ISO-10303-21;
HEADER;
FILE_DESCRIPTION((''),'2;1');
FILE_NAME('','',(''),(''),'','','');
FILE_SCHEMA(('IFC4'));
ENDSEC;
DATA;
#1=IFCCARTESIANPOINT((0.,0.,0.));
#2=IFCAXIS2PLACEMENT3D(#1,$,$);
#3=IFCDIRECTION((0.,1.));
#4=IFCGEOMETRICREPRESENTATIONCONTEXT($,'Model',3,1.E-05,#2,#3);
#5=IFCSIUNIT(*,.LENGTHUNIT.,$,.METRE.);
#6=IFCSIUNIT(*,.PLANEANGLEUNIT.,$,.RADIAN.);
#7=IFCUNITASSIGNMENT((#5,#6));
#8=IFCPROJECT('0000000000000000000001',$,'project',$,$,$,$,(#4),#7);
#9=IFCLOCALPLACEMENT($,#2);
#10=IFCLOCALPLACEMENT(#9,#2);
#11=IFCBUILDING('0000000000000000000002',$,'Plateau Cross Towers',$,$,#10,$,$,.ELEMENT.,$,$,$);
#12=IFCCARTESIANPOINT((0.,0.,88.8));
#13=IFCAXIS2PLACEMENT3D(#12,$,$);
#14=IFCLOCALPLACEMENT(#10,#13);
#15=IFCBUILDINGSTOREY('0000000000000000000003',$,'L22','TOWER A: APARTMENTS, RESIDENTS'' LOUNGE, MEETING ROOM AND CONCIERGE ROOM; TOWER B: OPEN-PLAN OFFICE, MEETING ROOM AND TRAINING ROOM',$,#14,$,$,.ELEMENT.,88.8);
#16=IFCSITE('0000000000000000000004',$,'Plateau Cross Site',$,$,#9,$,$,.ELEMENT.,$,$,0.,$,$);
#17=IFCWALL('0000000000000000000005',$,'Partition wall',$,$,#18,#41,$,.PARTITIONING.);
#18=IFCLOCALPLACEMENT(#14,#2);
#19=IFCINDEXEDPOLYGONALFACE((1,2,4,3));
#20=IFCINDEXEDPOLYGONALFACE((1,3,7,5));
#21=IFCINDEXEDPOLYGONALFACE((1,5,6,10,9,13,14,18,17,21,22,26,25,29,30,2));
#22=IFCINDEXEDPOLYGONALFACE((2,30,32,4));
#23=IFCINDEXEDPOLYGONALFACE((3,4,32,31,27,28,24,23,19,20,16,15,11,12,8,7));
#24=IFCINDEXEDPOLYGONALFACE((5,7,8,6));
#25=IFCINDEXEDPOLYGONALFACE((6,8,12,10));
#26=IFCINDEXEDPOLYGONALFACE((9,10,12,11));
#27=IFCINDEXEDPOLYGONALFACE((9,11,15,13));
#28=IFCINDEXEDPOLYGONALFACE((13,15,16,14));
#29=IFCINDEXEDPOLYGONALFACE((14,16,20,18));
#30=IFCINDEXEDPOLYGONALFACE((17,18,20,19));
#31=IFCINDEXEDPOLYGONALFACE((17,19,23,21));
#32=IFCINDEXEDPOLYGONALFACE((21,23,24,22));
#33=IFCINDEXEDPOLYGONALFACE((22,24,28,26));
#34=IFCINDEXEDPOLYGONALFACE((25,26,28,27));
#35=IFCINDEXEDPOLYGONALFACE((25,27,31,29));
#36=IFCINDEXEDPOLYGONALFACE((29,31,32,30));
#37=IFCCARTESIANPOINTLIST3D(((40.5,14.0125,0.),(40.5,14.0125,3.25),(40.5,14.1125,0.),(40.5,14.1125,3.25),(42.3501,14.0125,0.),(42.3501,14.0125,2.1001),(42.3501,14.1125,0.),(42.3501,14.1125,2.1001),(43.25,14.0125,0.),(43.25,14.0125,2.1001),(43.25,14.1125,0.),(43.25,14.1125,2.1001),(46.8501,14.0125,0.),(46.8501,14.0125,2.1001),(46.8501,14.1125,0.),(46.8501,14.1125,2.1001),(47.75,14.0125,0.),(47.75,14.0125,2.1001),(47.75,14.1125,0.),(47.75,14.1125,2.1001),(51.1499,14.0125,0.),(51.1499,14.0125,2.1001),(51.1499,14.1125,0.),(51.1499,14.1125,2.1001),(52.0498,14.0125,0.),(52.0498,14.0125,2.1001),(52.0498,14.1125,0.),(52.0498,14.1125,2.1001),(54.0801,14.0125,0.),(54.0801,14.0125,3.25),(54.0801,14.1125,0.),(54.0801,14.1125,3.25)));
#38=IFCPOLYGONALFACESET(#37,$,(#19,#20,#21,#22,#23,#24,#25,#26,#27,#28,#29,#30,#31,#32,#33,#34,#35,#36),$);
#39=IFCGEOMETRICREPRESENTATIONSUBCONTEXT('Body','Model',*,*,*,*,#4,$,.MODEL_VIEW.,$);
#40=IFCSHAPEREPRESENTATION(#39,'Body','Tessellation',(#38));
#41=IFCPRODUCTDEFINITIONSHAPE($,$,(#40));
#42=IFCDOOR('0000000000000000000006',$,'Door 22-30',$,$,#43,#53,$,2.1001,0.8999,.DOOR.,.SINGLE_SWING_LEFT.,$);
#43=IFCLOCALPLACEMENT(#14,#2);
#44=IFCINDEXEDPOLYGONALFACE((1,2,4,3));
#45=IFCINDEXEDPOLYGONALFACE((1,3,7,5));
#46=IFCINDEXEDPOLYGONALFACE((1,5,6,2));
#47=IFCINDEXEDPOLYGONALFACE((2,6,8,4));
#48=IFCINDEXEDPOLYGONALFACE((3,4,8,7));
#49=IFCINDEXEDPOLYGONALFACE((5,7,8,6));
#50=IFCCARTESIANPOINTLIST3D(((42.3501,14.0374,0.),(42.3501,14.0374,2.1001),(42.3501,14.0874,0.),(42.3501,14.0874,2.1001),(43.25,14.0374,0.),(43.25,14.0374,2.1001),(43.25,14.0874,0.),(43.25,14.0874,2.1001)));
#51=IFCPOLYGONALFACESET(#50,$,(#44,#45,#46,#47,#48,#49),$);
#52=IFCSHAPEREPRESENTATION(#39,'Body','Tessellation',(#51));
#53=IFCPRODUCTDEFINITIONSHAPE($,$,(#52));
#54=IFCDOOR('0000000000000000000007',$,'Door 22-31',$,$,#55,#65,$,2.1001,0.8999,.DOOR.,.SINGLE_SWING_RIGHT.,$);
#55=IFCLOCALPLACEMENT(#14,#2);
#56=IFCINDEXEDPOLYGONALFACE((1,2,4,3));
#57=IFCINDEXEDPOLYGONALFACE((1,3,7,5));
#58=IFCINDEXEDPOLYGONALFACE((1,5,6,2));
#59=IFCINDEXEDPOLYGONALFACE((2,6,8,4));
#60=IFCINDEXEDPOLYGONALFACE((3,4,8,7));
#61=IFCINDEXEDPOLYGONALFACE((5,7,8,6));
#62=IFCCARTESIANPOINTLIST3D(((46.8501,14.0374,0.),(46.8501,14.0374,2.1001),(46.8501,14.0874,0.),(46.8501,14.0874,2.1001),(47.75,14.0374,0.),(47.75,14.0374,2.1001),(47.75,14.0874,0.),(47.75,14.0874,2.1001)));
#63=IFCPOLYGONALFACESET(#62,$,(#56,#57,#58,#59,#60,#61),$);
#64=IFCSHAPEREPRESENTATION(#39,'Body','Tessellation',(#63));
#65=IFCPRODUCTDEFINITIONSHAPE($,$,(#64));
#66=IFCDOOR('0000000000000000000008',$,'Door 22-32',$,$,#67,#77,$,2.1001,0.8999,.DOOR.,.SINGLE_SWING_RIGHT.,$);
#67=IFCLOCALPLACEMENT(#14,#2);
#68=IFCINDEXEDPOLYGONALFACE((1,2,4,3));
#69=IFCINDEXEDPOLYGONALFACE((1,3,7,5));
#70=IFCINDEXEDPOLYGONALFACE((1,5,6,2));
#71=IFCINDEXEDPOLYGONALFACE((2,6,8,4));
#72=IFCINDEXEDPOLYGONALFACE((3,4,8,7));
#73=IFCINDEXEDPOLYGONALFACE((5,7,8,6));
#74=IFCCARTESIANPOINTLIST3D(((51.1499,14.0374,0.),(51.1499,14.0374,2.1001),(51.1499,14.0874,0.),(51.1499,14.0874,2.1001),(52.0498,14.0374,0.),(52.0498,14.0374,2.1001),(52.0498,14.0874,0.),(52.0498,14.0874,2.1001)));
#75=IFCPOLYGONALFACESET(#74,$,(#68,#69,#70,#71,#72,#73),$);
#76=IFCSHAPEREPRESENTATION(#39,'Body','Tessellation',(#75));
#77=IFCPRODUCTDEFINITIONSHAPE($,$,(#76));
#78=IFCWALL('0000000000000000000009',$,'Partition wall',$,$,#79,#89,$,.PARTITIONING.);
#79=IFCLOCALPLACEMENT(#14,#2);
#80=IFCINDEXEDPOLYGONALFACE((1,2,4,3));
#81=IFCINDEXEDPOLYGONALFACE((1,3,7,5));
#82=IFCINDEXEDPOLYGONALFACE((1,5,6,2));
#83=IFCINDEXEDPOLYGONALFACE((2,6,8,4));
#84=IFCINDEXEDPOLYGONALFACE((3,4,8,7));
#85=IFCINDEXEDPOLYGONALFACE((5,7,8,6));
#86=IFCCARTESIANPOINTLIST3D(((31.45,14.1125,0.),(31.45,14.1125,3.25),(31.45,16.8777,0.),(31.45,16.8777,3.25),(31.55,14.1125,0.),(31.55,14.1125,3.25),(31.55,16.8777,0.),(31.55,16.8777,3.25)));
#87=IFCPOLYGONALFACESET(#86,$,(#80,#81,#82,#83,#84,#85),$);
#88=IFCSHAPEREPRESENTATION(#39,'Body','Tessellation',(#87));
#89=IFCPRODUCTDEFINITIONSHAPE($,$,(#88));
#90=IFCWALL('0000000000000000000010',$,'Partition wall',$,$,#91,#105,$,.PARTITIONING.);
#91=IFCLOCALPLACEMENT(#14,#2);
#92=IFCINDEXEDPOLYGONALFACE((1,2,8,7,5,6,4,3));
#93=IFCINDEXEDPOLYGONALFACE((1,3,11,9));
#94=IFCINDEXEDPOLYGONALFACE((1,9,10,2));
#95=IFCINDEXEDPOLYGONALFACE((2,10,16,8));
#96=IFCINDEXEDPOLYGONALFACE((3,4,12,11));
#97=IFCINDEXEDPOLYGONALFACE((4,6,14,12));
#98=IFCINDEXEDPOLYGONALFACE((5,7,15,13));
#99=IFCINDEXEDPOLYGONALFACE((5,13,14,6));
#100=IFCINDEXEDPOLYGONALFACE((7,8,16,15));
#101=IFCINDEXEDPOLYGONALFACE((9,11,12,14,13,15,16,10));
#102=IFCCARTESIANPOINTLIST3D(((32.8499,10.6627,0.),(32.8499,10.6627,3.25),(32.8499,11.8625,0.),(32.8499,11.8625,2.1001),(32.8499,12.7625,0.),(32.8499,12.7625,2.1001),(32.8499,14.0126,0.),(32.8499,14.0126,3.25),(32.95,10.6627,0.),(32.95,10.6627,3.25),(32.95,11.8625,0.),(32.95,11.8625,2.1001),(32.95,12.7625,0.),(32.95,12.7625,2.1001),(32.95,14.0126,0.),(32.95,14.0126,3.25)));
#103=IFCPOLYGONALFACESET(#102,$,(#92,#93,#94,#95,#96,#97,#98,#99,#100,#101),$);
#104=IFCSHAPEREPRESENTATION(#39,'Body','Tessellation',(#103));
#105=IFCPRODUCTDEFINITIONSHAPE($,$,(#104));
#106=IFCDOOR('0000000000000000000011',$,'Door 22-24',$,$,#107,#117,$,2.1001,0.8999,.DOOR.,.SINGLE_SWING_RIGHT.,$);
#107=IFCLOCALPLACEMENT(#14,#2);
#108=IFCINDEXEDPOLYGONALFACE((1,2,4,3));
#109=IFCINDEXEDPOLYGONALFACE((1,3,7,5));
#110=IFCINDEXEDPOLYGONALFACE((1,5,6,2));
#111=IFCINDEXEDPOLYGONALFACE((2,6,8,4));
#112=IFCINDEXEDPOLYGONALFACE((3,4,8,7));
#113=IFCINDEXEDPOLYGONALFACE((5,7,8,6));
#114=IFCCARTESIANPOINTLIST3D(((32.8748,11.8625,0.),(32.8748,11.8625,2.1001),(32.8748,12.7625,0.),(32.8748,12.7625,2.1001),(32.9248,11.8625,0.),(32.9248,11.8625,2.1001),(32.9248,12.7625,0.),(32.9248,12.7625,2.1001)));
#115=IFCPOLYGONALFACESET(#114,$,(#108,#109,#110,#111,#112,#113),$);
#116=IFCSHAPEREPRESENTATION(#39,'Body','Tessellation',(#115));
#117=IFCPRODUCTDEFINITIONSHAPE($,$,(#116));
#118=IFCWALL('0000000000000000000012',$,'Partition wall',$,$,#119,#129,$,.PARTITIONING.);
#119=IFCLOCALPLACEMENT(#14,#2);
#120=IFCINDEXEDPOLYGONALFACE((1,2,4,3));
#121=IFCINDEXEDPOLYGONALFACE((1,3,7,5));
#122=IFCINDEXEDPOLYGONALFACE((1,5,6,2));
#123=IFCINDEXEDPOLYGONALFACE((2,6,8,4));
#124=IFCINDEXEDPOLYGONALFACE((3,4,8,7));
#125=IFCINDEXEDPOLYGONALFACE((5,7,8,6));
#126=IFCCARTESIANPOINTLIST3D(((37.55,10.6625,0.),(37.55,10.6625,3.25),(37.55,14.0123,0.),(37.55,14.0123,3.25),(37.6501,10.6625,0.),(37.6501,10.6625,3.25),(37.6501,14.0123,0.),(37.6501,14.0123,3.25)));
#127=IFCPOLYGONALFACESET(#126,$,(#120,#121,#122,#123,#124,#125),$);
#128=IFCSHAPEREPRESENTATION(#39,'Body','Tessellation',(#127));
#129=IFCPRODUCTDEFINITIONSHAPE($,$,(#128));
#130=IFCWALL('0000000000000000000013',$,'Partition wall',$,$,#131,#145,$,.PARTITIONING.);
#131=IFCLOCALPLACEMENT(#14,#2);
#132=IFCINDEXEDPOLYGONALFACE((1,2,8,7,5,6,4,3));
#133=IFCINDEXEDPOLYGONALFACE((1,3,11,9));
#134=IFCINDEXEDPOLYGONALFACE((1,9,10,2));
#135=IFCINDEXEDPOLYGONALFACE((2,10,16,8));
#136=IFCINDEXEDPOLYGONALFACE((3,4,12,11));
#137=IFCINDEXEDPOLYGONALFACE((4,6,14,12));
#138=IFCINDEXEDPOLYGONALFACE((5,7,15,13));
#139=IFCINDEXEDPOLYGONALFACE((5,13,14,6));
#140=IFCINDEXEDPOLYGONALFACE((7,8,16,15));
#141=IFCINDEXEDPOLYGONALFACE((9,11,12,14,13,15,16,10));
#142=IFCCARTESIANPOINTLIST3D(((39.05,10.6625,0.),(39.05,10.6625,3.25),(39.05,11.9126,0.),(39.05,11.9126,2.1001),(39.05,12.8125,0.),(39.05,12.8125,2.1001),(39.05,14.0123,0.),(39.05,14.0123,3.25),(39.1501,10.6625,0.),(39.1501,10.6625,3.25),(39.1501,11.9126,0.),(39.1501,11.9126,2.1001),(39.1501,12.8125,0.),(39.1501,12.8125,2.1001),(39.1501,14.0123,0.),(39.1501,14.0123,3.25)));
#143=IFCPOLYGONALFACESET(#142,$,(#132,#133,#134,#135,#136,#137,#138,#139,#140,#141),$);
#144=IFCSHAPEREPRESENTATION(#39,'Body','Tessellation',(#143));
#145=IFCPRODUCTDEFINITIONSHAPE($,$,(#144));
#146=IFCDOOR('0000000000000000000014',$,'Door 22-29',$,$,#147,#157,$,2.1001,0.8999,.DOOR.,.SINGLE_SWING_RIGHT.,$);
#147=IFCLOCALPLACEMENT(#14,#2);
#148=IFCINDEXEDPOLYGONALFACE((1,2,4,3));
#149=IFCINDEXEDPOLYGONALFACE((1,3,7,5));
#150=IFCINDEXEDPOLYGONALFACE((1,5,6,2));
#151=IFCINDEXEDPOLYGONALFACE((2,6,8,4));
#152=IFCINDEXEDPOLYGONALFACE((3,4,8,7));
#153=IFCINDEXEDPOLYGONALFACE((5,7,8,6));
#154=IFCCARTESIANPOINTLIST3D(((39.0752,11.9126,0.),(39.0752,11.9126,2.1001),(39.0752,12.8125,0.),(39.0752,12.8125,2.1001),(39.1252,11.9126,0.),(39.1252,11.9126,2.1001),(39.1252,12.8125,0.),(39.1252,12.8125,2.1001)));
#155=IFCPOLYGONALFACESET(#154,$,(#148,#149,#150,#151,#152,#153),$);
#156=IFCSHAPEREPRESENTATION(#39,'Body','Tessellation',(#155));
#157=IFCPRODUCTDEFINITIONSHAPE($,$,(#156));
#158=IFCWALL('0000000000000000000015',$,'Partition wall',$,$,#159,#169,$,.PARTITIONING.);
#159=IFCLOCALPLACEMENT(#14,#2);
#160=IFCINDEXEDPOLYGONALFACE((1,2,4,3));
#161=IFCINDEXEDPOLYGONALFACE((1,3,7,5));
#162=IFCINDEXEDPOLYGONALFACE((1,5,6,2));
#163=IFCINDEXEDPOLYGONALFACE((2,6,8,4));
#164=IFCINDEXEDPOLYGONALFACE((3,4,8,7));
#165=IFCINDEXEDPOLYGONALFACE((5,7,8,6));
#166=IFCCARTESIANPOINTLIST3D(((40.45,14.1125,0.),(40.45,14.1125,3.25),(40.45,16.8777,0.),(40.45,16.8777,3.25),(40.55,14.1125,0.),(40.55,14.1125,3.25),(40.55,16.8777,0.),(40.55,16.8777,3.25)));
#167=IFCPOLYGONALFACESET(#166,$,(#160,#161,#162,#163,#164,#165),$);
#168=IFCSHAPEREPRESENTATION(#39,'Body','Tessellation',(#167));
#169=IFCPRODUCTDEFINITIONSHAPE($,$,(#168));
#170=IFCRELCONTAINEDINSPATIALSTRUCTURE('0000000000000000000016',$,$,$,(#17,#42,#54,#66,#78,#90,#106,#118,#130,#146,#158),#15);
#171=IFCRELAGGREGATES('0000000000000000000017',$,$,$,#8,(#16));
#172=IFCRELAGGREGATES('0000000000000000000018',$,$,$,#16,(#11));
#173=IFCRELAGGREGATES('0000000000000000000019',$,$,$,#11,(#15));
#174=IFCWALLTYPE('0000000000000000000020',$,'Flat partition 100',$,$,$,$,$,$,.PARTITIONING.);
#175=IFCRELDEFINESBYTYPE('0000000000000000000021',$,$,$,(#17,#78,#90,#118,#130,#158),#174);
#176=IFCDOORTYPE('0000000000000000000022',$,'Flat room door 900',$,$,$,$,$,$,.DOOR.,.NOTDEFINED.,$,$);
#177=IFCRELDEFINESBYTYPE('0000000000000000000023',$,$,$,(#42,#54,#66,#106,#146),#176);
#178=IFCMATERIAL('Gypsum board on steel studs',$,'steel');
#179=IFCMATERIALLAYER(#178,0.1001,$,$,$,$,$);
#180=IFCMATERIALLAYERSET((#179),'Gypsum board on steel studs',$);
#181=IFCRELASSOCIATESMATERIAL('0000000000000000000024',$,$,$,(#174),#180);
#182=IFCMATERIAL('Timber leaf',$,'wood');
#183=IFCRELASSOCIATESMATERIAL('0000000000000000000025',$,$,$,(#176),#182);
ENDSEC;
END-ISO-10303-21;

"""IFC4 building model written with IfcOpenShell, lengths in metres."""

from ifc_helpers import new_model, si_unit, direction, frame, frame_2d, origin, place, context, subcontext, project, spatial, rectangle, extrude, material, layer, layer_set, type_object, element, fill, save


model = new_model("IFC4")

# Units and contexts
model_context = context("Model", 3, precision=1e-05, world=origin(), true_north=direction((0.0, 1.0)))
body_context = subcontext(model_context, "Body", "Model", "MODEL_VIEW")
ifc_project = project(units=[si_unit("LENGTHUNIT", "METRE"), si_unit("PLANEANGLEUNIT", "RADIAN")], contexts=[model_context])

# Site, building, storey
site_placement = place(None, origin())
site = spatial("IfcSite", under=ifc_project, at=site_placement, Name="Plateau Cross Site", CompositionType="ELEMENT", RefElevation=0.0)
building_placement = place(site_placement, origin())
building = spatial("IfcBuilding", under=site, at=building_placement, Name="Plateau Cross Towers", CompositionType="ELEMENT")
storey_placement = place(building_placement, frame((0.0, 0.0, 88.8)))
storey = spatial("IfcBuildingStorey", under=building, at=storey_placement, Name="L22", Description="TOWER A: APARTMENTS, RESIDENTS' LOUNGE, MEETING ROOM AND CONCIERGE ROOM; TOWER B: OPEN-PLAN OFFICE, MEETING ROOM AND TRAINING ROOM", CompositionType="ELEMENT", Elevation=88.8)

# Shared definitions
ifc_material_1 = material(Name="Gypsum board on steel studs", Category="steel")
ifc_layer_1 = layer(ifc_material_1, 0.1001)
ifc_layer_set_1 = layer_set([ifc_layer_1], Name="Gypsum board on steel studs")
wall_type_1 = type_object("IfcWallType", Name="Flat partition 100", PredefinedType="PARTITIONING", material=ifc_layer_set_1)
ifc_material_2 = material(Name="Timber leaf", Category="wood")
door_type = type_object("IfcDoorType", Name="Flat room door 900", OperationType="NOTDEFINED", PredefinedType="DOOR", material=ifc_material_2)

# Wall, openings, doors
wall_1_placement = place(storey_placement, frame((40.5, 14.0625, 0.0), z_axis=(0.0, 0.0, 1.0), x_axis=(1.0, 0.0, 0.0)))
wall_1 = element("IfcWall", 1, at=wall_1_placement, inside=storey, type_object=wall_type_1, Name="Partition wall", PredefinedType="PARTITIONING", context=body_context, shape_type="SweptSolid", body=[
    extrude(rectangle(XDim=13.5801, YDim=0.1001, at=frame_2d((6.79, 0.0))), origin(), (0.0, 0.0, 1.0), 3.25),
])
opening_1_placement = place(wall_1_placement, frame((1.8501, 0.0, 0.0)))
opening_1 = element("IfcOpeningElement", 2, at=opening_1_placement, cuts=wall_1, PredefinedType="OPENING", context=body_context, shape_type="SweptSolid", body=[
    extrude(rectangle(XDim=0.8999, YDim=2.1001, at=frame_2d((0.45, 1.05))), frame((0.0, 0.0601, 0.0), z_axis=(0.0, -1.0, 0.0), x_axis=(1.0, 0.0, 0.0)), (0.0, 0.0, 1.0), 0.1201),
])
opening_2_placement = place(wall_1_placement, frame((6.3501, 0.0, 0.0)))
opening_2 = element("IfcOpeningElement", 3, at=opening_2_placement, cuts=wall_1, PredefinedType="OPENING", context=body_context, shape_type="SweptSolid", body=[
    extrude(rectangle(XDim=0.8999, YDim=2.1001, at=frame_2d((0.45, 1.05))), frame((0.0, 0.0601, 0.0), z_axis=(0.0, -1.0, 0.0), x_axis=(1.0, 0.0, 0.0)), (0.0, 0.0, 1.0), 0.1201),
])
opening_3_placement = place(wall_1_placement, frame((10.6499, 0.0, 0.0)))
opening_3 = element("IfcOpeningElement", 4, at=opening_3_placement, cuts=wall_1, PredefinedType="OPENING", context=body_context, shape_type="SweptSolid", body=[
    extrude(rectangle(XDim=0.8999, YDim=2.1001, at=frame_2d((0.45, 1.05))), frame((0.0, 0.0601, 0.0), z_axis=(0.0, -1.0, 0.0), x_axis=(1.0, 0.0, 0.0)), (0.0, 0.0, 1.0), 0.1201),
])
door_1_placement = place(opening_1_placement, origin())
door_1 = element("IfcDoor", 5, at=door_1_placement, inside=storey, type_object=door_type, Name="Door 22-30", OperationType="SINGLE_SWING_LEFT", OverallHeight=2.1001, OverallWidth=0.8999, PredefinedType="DOOR", context=body_context, shape_type="SweptSolid", body=[
    extrude(rectangle(XDim=0.8999, YDim=2.1001, at=frame_2d((0.45, 1.05))), frame((0.0, 0.0249, 0.0), z_axis=(0.0, -1.0, 0.0), x_axis=(1.0, 0.0, 0.0)), (0.0, 0.0, 1.0), 0.05),
])
fill(opening_1, door_1)
door_2_placement = place(opening_2_placement, origin())
door_2 = element("IfcDoor", 6, at=door_2_placement, inside=storey, type_object=door_type, Name="Door 22-31", OperationType="SINGLE_SWING_RIGHT", OverallHeight=2.1001, OverallWidth=0.8999, PredefinedType="DOOR", context=body_context, shape_type="SweptSolid", body=[
    extrude(rectangle(XDim=0.8999, YDim=2.1001, at=frame_2d((0.45, 1.05))), frame((0.0, 0.0249, 0.0), z_axis=(0.0, -1.0, 0.0), x_axis=(1.0, 0.0, 0.0)), (0.0, 0.0, 1.0), 0.05),
])
fill(opening_2, door_2)
door_3_placement = place(opening_3_placement, origin())
door_3 = element("IfcDoor", 7, at=door_3_placement, inside=storey, type_object=door_type, Name="Door 22-32", OperationType="SINGLE_SWING_RIGHT", OverallHeight=2.1001, OverallWidth=0.8999, PredefinedType="DOOR", context=body_context, shape_type="SweptSolid", body=[
    extrude(rectangle(XDim=0.8999, YDim=2.1001, at=frame_2d((0.45, 1.05))), frame((0.0, 0.0249, 0.0), z_axis=(0.0, -1.0, 0.0), x_axis=(1.0, 0.0, 0.0)), (0.0, 0.0, 1.0), 0.05),
])
fill(opening_3, door_3)

# Wall
wall_2_placement = place(storey_placement, frame((31.5, 14.1125, 0.0), z_axis=(0.0, 0.0, 1.0), x_axis=(0.0, 1.0, 0.0)))
element("IfcWall", 8, at=wall_2_placement, inside=storey, type_object=wall_type_1, Name="Partition wall", PredefinedType="PARTITIONING", context=body_context, shape_type="SweptSolid", body=[
    extrude(rectangle(XDim=2.7651, YDim=0.1001, at=frame_2d((1.3826, 0.0))), origin(), (0.0, 0.0, 1.0), 3.25),
])

# Wall, opening, door
wall_3_placement = place(storey_placement, frame((32.8999, 14.0125, 0.0), z_axis=(0.0, 0.0, 1.0), x_axis=(0.0, -1.0, 0.0)))
wall_3 = element("IfcWall", 9, at=wall_3_placement, inside=storey, type_object=wall_type_1, Name="Partition wall", PredefinedType="PARTITIONING", context=body_context, shape_type="SweptSolid", body=[
    extrude(rectangle(XDim=3.3499, YDim=0.1001, at=frame_2d((1.6748, 0.0))), origin(), (0.0, 0.0, 1.0), 3.25),
])
opening_4_placement = place(wall_3_placement, frame((1.25, 0.0, 0.0)))
opening_4 = element("IfcOpeningElement", 10, at=opening_4_placement, cuts=wall_3, PredefinedType="OPENING", context=body_context, shape_type="SweptSolid", body=[
    extrude(rectangle(XDim=0.8999, YDim=2.1001, at=frame_2d((0.45, 1.05))), frame((0.0, 0.0601, 0.0), z_axis=(0.0, -1.0, 0.0), x_axis=(1.0, 0.0, 0.0)), (0.0, 0.0, 1.0), 0.1201),
])
door_4_placement = place(opening_4_placement, origin())
door_4 = element("IfcDoor", 11, at=door_4_placement, inside=storey, type_object=door_type, Name="Door 22-24", OperationType="SINGLE_SWING_RIGHT", OverallHeight=2.1001, OverallWidth=0.8999, PredefinedType="DOOR", context=body_context, shape_type="SweptSolid", body=[
    extrude(rectangle(XDim=0.8999, YDim=2.1001, at=frame_2d((0.45, 1.05))), frame((0.0, 0.0249, 0.0), z_axis=(0.0, -1.0, 0.0), x_axis=(1.0, 0.0, 0.0)), (0.0, 0.0, 1.0), 0.05),
])
fill(opening_4, door_4)

# Wall
wall_4_placement = place(storey_placement, frame((37.6001, 10.6626, 0.0), z_axis=(0.0, 0.0, 1.0), x_axis=(0.0, 1.0, 0.0)))
element("IfcWall", 12, at=wall_4_placement, inside=storey, type_object=wall_type_1, Name="Partition wall", PredefinedType="PARTITIONING", context=body_context, shape_type="SweptSolid", body=[
    extrude(rectangle(XDim=3.3499, YDim=0.1001, at=frame_2d((1.6748, 0.0))), origin(), (0.0, 0.0, 1.0), 3.25),
])

# Wall, opening, door
wall_5_placement = place(storey_placement, frame((39.1001, 10.6626, 0.0), z_axis=(0.0, 0.0, 1.0), x_axis=(0.0, 1.0, 0.0)))
wall_5 = element("IfcWall", 13, at=wall_5_placement, inside=storey, type_object=wall_type_1, Name="Partition wall", PredefinedType="PARTITIONING", context=body_context, shape_type="SweptSolid", body=[
    extrude(rectangle(XDim=3.3499, YDim=0.1001, at=frame_2d((1.6748, 0.0))), origin(), (0.0, 0.0, 1.0), 3.25),
])
opening_5_placement = place(wall_5_placement, frame((1.25, 0.0, 0.0)))
opening_5 = element("IfcOpeningElement", 14, at=opening_5_placement, cuts=wall_5, PredefinedType="OPENING", context=body_context, shape_type="SweptSolid", body=[
    extrude(rectangle(XDim=0.8999, YDim=2.1001, at=frame_2d((0.45, 1.05))), frame((0.0, 0.0601, 0.0), z_axis=(0.0, -1.0, 0.0), x_axis=(1.0, 0.0, 0.0)), (0.0, 0.0, 1.0), 0.1201),
])
door_5_placement = place(opening_5_placement, origin())
door_5 = element("IfcDoor", 15, at=door_5_placement, inside=storey, type_object=door_type, Name="Door 22-29", OperationType="SINGLE_SWING_RIGHT", OverallHeight=2.1001, OverallWidth=0.8999, PredefinedType="DOOR", context=body_context, shape_type="SweptSolid", body=[
    extrude(rectangle(XDim=0.8999, YDim=2.1001, at=frame_2d((0.45, 1.05))), frame((0.0, 0.0249, 0.0), z_axis=(0.0, -1.0, 0.0), x_axis=(1.0, 0.0, 0.0)), (0.0, 0.0, 1.0), 0.05),
])
fill(opening_5, door_5)

# Wall
wall_6_placement = place(storey_placement, frame((40.5, 16.8777, 0.0), z_axis=(0.0, 0.0, 1.0), x_axis=(0.0, -1.0, 0.0)))
element("IfcWall", 16, at=wall_6_placement, inside=storey, type_object=wall_type_1, Name="Partition wall", PredefinedType="PARTITIONING", context=body_context, shape_type="SweptSolid", body=[
    extrude(rectangle(XDim=2.7651, YDim=0.1001, at=frame_2d((1.3826, 0.0))), origin(), (0.0, 0.0, 1.0), 3.25),
])

save(model, "model.ifc")
